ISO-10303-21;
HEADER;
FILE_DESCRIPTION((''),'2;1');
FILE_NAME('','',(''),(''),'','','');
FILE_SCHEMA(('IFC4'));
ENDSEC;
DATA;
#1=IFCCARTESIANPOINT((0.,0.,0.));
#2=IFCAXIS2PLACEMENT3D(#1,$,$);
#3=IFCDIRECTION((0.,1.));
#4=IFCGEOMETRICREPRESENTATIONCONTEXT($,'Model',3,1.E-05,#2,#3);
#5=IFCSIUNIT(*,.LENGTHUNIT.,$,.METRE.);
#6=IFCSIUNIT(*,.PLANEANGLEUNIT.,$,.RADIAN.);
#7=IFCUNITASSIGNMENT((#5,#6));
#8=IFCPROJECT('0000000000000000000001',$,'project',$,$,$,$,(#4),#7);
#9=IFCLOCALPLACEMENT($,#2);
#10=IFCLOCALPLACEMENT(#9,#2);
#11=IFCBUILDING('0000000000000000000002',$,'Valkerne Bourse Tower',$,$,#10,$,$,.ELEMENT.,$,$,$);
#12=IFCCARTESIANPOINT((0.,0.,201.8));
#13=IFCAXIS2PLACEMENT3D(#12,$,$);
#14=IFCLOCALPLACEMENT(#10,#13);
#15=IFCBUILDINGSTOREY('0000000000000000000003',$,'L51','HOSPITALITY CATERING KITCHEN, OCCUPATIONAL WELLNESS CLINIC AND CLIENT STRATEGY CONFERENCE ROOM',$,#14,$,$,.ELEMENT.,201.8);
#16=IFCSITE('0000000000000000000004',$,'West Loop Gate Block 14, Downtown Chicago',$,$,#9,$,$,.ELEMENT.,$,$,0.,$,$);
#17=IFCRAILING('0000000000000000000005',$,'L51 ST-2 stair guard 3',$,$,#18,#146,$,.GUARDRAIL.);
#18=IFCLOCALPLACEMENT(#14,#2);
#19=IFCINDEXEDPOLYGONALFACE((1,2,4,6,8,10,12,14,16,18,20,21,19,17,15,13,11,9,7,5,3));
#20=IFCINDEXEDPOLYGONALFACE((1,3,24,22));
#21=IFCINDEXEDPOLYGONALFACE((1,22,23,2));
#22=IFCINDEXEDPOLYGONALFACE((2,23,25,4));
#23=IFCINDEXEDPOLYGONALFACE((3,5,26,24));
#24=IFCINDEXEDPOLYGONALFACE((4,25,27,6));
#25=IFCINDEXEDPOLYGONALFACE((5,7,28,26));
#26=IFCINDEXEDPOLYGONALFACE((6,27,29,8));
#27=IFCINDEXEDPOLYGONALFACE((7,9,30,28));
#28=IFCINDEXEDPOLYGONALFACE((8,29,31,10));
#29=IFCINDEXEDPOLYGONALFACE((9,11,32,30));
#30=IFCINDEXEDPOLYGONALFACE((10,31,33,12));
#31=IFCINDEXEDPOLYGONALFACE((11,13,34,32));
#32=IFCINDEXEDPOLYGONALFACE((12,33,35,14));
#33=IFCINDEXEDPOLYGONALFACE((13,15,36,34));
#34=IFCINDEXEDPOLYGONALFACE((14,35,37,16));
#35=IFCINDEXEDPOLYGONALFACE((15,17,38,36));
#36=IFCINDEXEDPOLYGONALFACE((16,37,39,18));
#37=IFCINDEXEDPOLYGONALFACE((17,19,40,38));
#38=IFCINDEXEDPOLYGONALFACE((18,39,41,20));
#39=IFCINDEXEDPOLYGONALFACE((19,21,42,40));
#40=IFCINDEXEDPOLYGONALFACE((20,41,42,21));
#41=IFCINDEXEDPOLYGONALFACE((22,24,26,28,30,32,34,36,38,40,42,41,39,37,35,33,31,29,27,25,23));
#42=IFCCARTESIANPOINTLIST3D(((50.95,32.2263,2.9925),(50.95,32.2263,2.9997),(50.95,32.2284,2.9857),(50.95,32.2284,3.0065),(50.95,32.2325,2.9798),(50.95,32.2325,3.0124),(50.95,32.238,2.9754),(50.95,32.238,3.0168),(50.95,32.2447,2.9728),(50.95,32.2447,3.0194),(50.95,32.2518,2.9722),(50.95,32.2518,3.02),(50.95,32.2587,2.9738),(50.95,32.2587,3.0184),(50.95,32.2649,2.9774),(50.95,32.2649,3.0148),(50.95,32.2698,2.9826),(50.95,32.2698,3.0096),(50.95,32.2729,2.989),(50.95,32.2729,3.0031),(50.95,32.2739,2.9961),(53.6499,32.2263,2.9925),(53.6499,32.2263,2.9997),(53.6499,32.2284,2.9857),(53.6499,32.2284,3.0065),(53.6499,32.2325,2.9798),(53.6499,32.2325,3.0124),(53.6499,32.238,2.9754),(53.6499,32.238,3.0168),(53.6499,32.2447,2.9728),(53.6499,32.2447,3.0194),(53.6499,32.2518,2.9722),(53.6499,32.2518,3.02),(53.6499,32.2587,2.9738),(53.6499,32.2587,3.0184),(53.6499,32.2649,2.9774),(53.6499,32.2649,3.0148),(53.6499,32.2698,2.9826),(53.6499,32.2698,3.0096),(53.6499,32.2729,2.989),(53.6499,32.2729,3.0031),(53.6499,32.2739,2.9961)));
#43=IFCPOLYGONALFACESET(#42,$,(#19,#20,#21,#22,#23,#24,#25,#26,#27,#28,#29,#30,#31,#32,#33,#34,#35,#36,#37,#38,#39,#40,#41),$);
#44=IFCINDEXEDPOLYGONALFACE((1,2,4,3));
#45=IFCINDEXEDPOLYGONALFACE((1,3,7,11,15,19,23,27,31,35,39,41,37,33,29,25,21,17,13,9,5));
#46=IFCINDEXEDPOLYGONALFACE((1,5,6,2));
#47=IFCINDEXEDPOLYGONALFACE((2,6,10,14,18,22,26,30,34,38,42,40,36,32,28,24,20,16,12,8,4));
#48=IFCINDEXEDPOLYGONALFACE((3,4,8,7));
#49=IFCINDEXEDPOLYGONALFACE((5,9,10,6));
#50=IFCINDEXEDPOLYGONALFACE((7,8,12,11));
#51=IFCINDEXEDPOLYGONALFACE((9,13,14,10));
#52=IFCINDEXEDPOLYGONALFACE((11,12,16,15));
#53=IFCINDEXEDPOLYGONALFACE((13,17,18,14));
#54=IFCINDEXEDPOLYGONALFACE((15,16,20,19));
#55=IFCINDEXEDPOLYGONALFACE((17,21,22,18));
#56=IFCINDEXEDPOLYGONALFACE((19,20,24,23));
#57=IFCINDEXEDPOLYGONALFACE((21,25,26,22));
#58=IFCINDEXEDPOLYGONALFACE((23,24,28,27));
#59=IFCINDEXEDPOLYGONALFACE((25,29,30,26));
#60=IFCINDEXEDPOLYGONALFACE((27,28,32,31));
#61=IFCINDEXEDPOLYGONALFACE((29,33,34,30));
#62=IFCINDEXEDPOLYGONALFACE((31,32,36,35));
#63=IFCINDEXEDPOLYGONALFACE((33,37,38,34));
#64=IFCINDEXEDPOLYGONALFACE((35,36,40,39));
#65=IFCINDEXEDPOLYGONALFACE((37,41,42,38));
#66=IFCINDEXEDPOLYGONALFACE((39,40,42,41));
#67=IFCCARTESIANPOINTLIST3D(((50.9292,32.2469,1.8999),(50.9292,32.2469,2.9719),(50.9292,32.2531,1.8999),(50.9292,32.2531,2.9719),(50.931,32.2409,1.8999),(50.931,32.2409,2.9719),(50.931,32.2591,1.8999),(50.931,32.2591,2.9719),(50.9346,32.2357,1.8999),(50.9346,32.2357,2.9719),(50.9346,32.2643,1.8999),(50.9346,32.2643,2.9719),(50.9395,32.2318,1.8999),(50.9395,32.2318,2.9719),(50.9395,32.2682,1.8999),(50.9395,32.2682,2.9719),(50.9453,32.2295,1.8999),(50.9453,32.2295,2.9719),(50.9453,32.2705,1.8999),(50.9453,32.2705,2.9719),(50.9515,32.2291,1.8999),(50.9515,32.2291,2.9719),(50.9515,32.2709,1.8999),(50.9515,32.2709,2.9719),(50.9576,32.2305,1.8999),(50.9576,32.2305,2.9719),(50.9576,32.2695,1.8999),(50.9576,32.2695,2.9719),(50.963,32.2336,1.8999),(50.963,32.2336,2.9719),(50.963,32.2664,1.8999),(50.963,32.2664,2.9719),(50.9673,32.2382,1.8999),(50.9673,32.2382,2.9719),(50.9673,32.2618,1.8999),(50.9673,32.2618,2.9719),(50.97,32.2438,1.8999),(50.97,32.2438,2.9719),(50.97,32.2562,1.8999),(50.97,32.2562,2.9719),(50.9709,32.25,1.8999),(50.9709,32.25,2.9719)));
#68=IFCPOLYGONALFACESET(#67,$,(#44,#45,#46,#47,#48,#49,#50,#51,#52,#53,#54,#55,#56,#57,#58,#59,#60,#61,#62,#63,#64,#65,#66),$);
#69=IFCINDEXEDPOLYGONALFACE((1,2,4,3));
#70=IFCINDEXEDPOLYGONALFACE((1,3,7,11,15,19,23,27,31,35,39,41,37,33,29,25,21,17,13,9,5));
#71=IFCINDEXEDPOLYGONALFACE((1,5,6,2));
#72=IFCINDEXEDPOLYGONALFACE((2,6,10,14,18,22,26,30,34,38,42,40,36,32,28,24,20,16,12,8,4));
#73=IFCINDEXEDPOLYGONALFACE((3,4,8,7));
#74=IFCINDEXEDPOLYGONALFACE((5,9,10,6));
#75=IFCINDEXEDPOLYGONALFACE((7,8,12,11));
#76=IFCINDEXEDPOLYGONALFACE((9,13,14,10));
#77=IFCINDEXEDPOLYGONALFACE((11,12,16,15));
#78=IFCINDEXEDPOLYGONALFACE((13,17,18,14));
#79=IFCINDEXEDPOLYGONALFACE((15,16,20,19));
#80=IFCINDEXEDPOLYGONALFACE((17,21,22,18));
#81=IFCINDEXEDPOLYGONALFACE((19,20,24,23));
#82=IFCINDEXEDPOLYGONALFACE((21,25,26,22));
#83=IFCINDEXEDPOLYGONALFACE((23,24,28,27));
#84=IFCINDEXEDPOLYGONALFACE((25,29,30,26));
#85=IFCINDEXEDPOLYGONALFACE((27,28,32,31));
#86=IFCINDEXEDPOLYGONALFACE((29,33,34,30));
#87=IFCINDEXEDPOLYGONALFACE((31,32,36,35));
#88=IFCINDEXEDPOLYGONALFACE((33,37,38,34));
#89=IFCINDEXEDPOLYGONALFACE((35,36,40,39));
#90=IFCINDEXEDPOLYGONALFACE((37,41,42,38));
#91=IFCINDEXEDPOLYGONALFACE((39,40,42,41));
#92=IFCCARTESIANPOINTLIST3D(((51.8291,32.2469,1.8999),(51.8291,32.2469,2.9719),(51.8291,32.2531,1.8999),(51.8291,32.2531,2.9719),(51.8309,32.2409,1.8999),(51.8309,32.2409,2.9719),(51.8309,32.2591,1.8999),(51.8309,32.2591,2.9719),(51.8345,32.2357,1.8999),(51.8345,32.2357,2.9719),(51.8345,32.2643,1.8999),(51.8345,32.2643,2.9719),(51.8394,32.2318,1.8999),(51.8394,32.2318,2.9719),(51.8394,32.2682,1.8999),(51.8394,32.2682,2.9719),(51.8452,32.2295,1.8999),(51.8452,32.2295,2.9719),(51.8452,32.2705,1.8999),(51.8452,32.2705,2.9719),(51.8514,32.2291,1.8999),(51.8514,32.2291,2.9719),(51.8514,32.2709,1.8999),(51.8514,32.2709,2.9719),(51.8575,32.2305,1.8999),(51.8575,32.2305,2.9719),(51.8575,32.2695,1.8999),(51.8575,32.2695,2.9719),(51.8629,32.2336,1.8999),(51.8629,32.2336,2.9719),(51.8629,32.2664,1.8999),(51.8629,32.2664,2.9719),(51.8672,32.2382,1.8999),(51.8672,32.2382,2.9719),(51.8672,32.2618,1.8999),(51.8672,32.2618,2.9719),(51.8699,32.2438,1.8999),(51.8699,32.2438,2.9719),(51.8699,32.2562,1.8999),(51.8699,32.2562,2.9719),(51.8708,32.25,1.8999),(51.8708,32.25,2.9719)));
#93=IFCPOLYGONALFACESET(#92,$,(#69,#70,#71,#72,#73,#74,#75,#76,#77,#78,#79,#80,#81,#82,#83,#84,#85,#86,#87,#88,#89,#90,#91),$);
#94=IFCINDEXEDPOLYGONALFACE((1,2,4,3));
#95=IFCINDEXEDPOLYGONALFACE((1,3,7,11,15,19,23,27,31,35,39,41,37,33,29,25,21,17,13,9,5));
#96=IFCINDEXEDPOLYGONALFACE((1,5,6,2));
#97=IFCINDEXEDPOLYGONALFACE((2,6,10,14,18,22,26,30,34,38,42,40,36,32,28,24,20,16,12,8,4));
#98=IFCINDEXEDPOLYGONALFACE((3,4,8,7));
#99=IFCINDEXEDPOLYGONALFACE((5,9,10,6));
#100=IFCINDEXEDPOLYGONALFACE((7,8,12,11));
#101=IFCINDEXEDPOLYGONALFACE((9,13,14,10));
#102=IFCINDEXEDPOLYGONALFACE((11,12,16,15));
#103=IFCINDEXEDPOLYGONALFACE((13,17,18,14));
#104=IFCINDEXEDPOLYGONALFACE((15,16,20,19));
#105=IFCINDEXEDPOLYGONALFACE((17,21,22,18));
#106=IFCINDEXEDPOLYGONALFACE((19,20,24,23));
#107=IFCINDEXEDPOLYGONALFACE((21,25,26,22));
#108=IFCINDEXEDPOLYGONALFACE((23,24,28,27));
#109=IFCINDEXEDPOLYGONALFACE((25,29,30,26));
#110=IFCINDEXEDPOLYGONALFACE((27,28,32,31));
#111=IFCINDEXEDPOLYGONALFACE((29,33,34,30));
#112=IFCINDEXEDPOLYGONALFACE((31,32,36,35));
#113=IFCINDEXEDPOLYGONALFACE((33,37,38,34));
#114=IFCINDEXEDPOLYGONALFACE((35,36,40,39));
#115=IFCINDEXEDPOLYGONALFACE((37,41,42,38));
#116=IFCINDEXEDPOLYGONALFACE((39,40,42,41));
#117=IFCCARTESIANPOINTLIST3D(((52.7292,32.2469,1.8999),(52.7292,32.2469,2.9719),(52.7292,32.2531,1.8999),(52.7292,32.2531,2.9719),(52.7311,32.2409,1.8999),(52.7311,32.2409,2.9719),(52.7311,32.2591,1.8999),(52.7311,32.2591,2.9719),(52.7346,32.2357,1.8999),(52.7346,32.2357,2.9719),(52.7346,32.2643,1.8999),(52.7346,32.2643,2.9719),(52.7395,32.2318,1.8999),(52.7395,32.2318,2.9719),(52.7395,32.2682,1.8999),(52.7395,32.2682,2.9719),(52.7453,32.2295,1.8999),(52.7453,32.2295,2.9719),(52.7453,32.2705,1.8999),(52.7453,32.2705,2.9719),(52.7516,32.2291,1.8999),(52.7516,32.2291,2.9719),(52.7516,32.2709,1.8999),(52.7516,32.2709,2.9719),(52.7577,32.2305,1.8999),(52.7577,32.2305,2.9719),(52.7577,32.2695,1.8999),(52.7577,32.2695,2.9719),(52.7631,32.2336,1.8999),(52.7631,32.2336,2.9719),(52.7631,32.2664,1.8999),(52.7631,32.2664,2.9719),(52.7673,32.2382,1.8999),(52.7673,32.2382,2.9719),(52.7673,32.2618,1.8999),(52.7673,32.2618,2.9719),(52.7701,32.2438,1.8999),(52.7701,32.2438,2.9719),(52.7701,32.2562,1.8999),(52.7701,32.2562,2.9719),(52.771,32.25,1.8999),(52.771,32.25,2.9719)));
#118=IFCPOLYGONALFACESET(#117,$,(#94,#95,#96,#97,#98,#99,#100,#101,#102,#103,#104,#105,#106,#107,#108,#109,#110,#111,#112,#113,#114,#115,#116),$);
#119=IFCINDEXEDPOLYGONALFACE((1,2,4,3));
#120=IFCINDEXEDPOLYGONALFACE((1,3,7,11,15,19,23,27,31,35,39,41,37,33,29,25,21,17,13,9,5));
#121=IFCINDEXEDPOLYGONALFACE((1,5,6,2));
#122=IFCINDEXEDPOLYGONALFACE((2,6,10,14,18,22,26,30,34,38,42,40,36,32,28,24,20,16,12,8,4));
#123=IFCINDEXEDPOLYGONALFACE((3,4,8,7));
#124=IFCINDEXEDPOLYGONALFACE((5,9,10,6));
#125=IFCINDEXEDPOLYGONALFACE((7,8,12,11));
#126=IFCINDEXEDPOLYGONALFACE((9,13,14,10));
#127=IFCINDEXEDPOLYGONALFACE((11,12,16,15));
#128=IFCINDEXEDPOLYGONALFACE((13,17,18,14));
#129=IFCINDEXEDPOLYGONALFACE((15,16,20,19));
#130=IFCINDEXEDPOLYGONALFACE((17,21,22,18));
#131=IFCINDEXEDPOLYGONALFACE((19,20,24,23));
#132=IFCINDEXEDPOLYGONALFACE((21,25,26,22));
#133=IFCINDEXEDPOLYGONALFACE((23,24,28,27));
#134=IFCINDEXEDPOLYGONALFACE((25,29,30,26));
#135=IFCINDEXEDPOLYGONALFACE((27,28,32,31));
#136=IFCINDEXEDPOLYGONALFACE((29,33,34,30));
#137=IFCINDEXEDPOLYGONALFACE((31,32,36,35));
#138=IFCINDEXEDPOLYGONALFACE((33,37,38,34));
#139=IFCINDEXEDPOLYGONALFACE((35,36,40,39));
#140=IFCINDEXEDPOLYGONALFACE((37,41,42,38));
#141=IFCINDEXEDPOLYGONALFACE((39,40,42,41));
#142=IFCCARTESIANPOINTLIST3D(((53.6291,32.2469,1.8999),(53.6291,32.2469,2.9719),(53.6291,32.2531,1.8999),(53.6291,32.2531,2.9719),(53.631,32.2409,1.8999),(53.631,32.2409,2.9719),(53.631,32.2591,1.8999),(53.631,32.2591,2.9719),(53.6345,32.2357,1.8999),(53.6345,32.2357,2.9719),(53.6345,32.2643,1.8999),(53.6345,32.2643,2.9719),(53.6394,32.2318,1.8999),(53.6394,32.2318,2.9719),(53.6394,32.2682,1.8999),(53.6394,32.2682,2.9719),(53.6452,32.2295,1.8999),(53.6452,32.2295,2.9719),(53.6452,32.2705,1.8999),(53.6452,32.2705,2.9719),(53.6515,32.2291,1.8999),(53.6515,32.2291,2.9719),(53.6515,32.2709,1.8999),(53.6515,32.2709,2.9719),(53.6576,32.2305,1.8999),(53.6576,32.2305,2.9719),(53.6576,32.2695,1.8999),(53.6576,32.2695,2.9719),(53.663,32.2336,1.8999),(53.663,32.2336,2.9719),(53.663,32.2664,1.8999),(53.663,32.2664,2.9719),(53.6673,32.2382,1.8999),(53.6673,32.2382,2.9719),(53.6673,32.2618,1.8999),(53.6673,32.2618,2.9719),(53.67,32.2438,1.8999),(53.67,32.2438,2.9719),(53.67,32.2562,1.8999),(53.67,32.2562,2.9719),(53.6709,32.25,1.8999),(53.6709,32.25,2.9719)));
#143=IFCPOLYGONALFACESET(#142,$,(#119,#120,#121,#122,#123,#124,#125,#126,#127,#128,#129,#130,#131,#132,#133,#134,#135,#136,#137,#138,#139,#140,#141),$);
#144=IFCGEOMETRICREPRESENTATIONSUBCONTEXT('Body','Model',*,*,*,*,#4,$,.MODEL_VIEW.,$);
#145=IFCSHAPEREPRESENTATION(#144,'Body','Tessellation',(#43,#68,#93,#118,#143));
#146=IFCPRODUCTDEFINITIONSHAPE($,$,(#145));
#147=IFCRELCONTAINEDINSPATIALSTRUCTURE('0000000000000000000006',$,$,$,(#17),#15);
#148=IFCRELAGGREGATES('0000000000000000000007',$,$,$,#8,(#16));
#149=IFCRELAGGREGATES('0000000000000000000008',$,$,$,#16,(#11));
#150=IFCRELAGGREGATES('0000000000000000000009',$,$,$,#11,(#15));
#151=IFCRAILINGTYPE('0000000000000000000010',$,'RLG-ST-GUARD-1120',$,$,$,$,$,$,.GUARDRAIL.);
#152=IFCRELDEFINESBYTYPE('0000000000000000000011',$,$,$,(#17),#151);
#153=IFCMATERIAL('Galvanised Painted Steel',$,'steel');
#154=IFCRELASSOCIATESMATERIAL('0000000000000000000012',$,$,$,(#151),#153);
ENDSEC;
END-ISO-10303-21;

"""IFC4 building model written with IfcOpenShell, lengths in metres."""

from ifc_helpers import new_model, si_unit, direction, frame, origin, origin_2d, place, context, subcontext, project, spatial, circle, extrude, material, type_object, element, save


model = new_model("IFC4")

# Units and contexts
model_context = context("Model", 3, precision=1e-05, world=origin(), true_north=direction((0.0, 1.0)))
body_context = subcontext(model_context, "Body", "Model", "MODEL_VIEW")
ifc_project = project(units=[si_unit("LENGTHUNIT", "METRE"), si_unit("PLANEANGLEUNIT", "RADIAN")], contexts=[model_context])

# Site, building, storey
site_placement = place(None, origin())
site = spatial("IfcSite", under=ifc_project, at=site_placement, Name="West Loop Gate Block 14, Downtown Chicago", CompositionType="ELEMENT", RefElevation=0.0)
building_placement = place(site_placement, origin())
building = spatial("IfcBuilding", under=site, at=building_placement, Name="Valkerne Bourse Tower", CompositionType="ELEMENT")
storey_placement = place(building_placement, frame((0.0, 0.0, 201.8)))
storey = spatial("IfcBuildingStorey", under=building, at=storey_placement, Name="L51", Description="HOSPITALITY CATERING KITCHEN, OCCUPATIONAL WELLNESS CLINIC AND CLIENT STRATEGY CONFERENCE ROOM", CompositionType="ELEMENT", Elevation=201.8)

# Shared definitions
ifc_material_1 = material(Name="Galvanised Painted Steel", Category="steel")

# Railing
railing_type_1 = type_object("IfcRailingType", Name="RLG-ST-GUARD-1120", PredefinedType="GUARDRAIL", material=ifc_material_1)
railing_1_placement = place(storey_placement, frame((50.95, 32.25, 1.8999)))
element("IfcRailing", 1, at=railing_1_placement, inside=storey, type_object=railing_type_1, Name="L51 ST-2 stair guard 3", PredefinedType="GUARDRAIL", context=body_context, shape_type="SweptSolid", body=[
    extrude(circle(Radius=0.0239, at=origin_2d()), frame((0.0, 0.0, 1.0962), z_axis=(1.0, 0.0, 0.0), x_axis=(0.0, 1.0, 0.0)), (0.0, 0.0, 1.0), 2.7),
    extrude(circle(Radius=0.021, at=origin_2d()), origin(), (0.0, 0.0, 1.0), 1.072),
    extrude(circle(Radius=0.021, at=origin_2d()), frame((0.8999, 0.0, 0.0)), (0.0, 0.0, 1.0), 1.072),
    extrude(circle(Radius=0.021, at=origin_2d()), frame((1.8, 0.0, 0.0)), (0.0, 0.0, 1.0), 1.072),
    extrude(circle(Radius=0.021, at=origin_2d()), frame((2.7, 0.0, 0.0)), (0.0, 0.0, 1.0), 1.072),
])

save(model, "model.ifc")
